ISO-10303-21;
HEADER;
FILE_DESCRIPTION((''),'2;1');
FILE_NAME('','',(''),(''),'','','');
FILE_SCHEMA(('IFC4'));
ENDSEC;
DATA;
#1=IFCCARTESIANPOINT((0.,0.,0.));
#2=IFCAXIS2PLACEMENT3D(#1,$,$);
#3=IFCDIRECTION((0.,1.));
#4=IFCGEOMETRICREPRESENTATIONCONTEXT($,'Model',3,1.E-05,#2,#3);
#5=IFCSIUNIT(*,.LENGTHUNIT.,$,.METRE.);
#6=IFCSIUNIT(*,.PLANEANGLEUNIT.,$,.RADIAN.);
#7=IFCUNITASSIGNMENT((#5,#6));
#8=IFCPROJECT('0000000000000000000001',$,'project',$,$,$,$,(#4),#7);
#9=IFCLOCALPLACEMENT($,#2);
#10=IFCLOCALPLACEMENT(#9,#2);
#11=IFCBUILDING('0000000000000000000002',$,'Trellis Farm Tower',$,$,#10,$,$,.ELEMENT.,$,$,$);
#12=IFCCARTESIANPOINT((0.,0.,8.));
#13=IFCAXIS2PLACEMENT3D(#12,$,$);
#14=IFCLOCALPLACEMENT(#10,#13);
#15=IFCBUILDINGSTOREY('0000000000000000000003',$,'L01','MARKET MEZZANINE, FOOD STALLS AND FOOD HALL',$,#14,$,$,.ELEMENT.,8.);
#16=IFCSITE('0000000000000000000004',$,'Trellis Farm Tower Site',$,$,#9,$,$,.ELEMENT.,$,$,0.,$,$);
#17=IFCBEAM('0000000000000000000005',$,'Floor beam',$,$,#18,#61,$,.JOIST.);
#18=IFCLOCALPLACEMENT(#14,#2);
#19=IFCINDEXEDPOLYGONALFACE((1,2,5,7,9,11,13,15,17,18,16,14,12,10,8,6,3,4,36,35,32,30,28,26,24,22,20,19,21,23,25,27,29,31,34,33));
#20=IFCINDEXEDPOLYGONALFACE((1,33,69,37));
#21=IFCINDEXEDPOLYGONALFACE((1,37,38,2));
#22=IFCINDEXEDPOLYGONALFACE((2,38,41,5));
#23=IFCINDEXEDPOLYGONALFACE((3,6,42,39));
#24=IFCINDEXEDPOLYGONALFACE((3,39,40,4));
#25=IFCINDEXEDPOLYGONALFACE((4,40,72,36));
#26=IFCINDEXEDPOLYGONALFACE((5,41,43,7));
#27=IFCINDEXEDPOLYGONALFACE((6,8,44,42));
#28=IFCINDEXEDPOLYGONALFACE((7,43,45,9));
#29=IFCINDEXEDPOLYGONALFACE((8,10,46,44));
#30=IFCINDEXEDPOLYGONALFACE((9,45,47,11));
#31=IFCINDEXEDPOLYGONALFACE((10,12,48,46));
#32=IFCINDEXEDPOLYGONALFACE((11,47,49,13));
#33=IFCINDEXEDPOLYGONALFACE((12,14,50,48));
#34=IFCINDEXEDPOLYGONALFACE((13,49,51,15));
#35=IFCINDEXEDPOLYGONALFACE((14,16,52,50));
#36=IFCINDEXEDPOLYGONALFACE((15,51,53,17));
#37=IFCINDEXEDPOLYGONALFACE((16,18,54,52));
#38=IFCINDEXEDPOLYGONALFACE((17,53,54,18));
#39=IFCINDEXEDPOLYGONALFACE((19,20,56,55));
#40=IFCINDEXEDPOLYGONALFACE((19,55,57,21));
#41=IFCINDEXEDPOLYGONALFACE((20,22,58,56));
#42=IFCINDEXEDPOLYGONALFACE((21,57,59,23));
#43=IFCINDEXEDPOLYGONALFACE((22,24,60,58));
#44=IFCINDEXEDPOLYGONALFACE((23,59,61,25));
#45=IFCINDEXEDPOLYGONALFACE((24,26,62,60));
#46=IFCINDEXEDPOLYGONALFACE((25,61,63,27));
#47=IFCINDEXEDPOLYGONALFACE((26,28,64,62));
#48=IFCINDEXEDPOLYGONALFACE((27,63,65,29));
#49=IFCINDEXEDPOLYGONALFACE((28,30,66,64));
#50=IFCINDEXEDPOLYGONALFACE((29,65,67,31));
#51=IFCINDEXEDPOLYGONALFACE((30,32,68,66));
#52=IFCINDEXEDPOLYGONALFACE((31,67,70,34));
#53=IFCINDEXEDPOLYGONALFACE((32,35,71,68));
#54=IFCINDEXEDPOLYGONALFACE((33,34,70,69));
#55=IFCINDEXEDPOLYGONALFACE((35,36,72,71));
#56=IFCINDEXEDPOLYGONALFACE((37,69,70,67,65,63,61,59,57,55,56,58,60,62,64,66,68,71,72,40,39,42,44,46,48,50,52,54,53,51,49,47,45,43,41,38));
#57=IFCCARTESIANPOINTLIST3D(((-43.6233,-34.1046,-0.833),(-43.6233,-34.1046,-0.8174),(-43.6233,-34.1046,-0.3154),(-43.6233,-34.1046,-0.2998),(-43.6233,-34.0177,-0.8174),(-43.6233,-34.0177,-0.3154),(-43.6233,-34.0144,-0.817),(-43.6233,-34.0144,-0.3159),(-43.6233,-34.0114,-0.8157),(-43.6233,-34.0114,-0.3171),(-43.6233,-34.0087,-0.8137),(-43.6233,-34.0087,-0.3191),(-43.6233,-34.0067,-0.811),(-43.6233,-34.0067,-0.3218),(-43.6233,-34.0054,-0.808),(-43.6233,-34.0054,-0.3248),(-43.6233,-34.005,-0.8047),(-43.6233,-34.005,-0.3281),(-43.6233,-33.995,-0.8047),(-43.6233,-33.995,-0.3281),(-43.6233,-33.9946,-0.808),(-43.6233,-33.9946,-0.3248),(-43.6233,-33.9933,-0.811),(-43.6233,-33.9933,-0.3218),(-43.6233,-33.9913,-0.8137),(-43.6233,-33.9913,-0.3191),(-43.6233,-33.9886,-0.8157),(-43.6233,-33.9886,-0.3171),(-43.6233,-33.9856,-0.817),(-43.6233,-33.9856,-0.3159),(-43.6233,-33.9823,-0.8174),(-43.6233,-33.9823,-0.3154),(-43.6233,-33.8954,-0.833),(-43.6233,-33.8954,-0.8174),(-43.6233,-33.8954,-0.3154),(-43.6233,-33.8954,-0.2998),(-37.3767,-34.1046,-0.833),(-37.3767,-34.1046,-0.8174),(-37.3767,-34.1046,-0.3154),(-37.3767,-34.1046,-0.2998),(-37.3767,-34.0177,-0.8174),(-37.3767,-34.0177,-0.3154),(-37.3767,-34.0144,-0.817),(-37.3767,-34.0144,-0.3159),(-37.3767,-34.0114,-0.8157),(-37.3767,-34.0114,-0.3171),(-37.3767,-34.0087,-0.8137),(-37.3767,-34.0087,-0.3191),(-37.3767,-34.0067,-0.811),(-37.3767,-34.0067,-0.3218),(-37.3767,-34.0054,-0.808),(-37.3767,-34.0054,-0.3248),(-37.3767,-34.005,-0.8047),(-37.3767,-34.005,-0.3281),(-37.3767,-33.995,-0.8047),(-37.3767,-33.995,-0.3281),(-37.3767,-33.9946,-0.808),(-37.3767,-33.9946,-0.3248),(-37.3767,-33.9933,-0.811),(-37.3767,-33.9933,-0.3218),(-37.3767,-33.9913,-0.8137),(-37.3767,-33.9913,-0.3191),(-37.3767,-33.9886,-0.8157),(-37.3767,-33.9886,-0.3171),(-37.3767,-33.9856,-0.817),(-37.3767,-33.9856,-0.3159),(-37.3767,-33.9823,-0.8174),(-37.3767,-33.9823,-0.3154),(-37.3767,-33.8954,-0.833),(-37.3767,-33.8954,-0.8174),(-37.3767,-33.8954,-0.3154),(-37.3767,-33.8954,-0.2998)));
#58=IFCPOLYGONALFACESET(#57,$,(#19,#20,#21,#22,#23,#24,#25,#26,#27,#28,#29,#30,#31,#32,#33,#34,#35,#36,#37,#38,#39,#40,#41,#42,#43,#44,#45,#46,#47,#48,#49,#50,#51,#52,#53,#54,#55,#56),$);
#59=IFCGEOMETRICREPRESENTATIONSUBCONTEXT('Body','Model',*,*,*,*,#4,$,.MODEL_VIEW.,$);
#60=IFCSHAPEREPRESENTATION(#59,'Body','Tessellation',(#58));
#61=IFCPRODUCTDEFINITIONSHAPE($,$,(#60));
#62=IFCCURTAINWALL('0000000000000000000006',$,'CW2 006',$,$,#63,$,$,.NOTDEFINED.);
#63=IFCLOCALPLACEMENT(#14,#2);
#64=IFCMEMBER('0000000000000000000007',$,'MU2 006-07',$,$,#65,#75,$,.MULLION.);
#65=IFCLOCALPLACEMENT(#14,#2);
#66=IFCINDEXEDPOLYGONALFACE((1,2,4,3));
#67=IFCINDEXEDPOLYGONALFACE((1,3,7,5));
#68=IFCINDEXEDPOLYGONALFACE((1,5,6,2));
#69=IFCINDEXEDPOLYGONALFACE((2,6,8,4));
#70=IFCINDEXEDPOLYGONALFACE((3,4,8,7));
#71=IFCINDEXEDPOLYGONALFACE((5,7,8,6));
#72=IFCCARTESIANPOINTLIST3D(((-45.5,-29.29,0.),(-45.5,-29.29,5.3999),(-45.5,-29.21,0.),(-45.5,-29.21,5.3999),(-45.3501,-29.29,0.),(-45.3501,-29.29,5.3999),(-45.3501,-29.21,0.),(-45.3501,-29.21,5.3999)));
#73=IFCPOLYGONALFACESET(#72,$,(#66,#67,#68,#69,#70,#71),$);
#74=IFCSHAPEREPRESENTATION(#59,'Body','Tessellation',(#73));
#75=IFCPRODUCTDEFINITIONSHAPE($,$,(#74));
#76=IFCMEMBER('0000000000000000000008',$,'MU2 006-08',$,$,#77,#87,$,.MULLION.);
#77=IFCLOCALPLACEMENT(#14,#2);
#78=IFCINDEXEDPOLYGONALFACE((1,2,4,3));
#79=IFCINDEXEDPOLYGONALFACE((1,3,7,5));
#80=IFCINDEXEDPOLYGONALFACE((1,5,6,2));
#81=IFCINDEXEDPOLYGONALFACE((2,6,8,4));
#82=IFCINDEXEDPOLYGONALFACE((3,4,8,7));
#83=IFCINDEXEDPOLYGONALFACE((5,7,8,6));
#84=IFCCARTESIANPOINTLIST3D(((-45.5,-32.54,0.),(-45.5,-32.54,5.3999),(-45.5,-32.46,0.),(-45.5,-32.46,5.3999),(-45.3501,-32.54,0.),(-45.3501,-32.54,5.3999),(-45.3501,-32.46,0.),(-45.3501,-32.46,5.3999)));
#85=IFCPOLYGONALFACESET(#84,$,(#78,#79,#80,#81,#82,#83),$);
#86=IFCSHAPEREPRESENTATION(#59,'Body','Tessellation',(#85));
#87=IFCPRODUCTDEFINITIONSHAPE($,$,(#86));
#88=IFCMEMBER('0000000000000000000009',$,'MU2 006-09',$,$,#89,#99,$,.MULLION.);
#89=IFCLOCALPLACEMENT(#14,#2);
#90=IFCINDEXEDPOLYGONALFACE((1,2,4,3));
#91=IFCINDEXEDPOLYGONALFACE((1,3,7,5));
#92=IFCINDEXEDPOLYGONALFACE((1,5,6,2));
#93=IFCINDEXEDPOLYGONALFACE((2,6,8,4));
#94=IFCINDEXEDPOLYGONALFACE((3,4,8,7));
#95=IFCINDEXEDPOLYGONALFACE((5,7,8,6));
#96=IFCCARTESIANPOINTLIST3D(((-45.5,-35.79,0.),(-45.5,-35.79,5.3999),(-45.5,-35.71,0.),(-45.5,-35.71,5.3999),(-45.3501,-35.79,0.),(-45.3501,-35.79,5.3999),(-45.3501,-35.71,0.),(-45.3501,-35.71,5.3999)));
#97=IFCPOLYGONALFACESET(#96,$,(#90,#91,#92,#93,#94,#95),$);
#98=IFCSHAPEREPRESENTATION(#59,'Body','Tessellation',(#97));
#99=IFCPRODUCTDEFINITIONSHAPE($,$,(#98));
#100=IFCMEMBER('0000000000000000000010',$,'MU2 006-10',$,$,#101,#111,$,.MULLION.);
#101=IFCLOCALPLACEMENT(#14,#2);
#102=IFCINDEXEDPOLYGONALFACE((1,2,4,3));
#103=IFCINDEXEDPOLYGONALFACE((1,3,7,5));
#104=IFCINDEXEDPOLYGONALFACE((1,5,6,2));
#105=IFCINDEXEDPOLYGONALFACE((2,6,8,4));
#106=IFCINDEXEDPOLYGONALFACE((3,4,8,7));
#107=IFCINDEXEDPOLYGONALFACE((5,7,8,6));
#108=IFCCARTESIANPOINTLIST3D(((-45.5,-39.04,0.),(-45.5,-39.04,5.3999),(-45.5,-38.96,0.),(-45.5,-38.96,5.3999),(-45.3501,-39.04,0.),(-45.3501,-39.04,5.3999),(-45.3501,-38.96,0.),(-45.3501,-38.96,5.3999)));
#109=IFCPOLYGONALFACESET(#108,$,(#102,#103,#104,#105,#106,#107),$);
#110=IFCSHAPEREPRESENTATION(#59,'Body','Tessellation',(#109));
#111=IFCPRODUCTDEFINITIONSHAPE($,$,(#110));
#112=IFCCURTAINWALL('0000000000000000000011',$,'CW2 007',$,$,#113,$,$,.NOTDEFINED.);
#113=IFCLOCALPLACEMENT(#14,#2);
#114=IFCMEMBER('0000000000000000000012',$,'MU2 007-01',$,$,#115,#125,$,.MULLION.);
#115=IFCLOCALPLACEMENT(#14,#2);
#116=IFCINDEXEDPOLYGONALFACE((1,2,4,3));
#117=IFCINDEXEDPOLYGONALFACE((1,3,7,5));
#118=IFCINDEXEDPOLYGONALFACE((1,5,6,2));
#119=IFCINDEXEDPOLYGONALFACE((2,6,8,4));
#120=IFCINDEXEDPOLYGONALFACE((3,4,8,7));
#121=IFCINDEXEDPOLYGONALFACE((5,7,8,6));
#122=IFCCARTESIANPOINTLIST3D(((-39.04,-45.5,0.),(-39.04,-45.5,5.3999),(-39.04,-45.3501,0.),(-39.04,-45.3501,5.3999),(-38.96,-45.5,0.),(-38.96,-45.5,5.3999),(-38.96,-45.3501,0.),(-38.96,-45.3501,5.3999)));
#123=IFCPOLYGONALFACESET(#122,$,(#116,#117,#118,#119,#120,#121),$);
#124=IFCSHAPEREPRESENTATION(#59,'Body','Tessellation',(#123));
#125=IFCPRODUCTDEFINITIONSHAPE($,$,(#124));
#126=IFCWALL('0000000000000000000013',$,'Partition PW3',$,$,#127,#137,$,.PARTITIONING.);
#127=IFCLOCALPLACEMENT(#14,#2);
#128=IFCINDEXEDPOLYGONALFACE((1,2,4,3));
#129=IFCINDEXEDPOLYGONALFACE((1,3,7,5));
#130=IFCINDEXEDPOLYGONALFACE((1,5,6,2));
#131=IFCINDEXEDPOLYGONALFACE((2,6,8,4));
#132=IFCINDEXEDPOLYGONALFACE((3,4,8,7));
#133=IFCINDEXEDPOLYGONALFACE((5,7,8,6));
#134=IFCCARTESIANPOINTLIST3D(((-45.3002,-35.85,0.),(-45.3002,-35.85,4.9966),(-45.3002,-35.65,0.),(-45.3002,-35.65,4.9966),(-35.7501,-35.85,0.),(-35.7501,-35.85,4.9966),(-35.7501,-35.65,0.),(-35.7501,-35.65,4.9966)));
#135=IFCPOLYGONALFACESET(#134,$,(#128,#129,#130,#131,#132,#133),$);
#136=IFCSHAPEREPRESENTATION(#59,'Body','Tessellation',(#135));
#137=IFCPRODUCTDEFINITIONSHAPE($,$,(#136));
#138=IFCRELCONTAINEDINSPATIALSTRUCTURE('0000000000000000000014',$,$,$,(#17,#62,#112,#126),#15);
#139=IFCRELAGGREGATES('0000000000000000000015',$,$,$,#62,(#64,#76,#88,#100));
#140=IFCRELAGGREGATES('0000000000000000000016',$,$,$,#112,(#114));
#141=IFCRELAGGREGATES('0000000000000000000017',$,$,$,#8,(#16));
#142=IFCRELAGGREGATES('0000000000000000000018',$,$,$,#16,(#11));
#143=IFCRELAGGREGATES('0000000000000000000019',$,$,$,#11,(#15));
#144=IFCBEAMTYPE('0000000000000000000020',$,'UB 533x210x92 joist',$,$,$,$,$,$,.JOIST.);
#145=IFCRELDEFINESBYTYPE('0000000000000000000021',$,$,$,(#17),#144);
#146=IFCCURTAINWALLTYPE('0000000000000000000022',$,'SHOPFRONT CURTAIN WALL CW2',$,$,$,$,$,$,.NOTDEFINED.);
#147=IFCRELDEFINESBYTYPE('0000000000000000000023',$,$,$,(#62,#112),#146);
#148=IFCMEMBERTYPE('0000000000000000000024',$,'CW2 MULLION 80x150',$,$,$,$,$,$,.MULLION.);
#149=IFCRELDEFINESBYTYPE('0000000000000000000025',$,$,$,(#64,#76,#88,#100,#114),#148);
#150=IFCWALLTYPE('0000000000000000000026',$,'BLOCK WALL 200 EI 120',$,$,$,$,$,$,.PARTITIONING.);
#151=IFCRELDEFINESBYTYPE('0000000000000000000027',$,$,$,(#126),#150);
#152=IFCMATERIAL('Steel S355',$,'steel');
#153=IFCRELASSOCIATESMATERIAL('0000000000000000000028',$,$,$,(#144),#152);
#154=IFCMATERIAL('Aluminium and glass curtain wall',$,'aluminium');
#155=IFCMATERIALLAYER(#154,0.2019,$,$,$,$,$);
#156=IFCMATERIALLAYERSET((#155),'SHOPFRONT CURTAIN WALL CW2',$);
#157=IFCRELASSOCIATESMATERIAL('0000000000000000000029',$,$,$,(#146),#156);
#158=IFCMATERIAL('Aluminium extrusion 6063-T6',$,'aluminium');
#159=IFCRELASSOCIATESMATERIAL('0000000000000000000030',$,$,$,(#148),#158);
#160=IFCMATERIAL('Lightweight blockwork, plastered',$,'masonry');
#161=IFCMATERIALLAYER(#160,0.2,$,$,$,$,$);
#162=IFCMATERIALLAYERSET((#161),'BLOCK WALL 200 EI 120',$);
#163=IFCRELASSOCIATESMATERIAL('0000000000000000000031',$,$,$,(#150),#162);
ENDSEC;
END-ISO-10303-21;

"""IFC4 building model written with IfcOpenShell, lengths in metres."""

from ifc_helpers import new_model, si_unit, direction, frame, frame_2d, origin, origin_2d, place, context, subcontext, project, spatial, rectangle, i_section, extrude, source, transform, mapped, material, layer, layer_set, material_profile, profile_set, type_object, element, aggregate, save


model = new_model("IFC4")

# Units and contexts
model_context = context("Model", 3, precision=1e-05, world=origin(), true_north=direction((0.0, 1.0)))
body_context = subcontext(model_context, "Body", "Model", "MODEL_VIEW")
ifc_project = project(units=[si_unit("LENGTHUNIT", "METRE"), si_unit("PLANEANGLEUNIT", "RADIAN")], contexts=[model_context])

# Site, building, storey
site_placement = place(None, origin())
site = spatial("IfcSite", under=ifc_project, at=site_placement, Name="Trellis Farm Tower Site", CompositionType="ELEMENT", RefElevation=0.0)
building_placement = place(site_placement, origin())
building = spatial("IfcBuilding", under=site, at=building_placement, Name="Trellis Farm Tower", CompositionType="ELEMENT")
storey_placement = place(building_placement, frame((0.0, 0.0, 8.0)))
storey = spatial("IfcBuildingStorey", under=building, at=storey_placement, Name="L01", Description="MARKET MEZZANINE, FOOD STALLS AND FOOD HALL", CompositionType="ELEMENT", Elevation=8.0)

# Beam
ifc_material_1 = material(Name="Steel S355", Category="steel")
ifc_material_profile_1 = material_profile(ifc_material_1, i_section(OverallWidth=0.2092, OverallDepth=0.5332, WebThickness=0.01, FlangeThickness=0.0156, FilletRadius=0.0127, at=origin_2d()), Name="UB 533x210x92")
ifc_profile_set_1 = profile_set([ifc_material_profile_1], Name="Steel S355")
beam_type_1 = type_object("IfcBeamType", Name="UB 533x210x92 joist", PredefinedType="JOIST", material=ifc_profile_set_1)
shared_shape_1 = source(origin(), body_context, "Body", "SweptSolid", [
    extrude(i_section(OverallWidth=0.2092, OverallDepth=0.5332, WebThickness=0.01, FlangeThickness=0.0156, FilletRadius=0.0127, at=origin_2d()), origin(), (0.0, 0.0, 1.0), 6.2466),
])
for number, where, z_axis, x_axis, name in (
    (1, (-43.6233, -34.0, -0.5664), (1.0, 0.0, 0.0), (0.0, 1.0, 0.0), "Floor beam"),
):
    element("IfcBeam", number, at=place(storey_placement, frame(where, z_axis=z_axis, x_axis=x_axis)), inside=storey, type_object=beam_type_1, Name=name, PredefinedType="JOIST", context=body_context, shape_type="MappedRepresentation", body=[
        mapped(shared_shape_1, transform((0.0, 0.0, 0.0))),
    ])

# Curtain wall, members
ifc_material_2 = material(Name="Aluminium and glass curtain wall", Category="aluminium")
ifc_layer_1 = layer(ifc_material_2, 0.2019)
ifc_layer_set_1 = layer_set([ifc_layer_1], Name="SHOPFRONT CURTAIN WALL CW2")
curtain_wall_type = type_object("IfcCurtainWallType", Name="SHOPFRONT CURTAIN WALL CW2", PredefinedType="NOTDEFINED", material=ifc_layer_set_1)
placement = place(storey_placement, origin())
curtain_wall_1 = element("IfcCurtainWall", 2, at=placement, inside=storey, type_object=curtain_wall_type, Name="CW2 006", PredefinedType="NOTDEFINED")
ifc_material_3 = material(Name="Aluminium extrusion 6063-T6", Category="aluminium")
ifc_material_profile_2 = material_profile(ifc_material_3, rectangle(XDim=0.0801, YDim=0.1499, at=origin_2d()), Name="MULLION 80x150")
ifc_profile_set_2 = profile_set([ifc_material_profile_2], Name="Aluminium extrusion 6063-T6")
member_type = type_object("IfcMemberType", Name="CW2 MULLION 80x150", PredefinedType="MULLION", material=ifc_profile_set_2)
shared_shape_2 = source(origin(), body_context, "Body", "SweptSolid", [
    extrude(rectangle(XDim=0.0801, YDim=0.1499, at=origin_2d()), origin(), (0.0, 0.0, 1.0), 5.3999),
])
member_1_placement = place(storey_placement, frame((-45.425, -29.25, 0.0), z_axis=(0.0, 0.0, 1.0), x_axis=(0.0, -1.0, 0.0)))
member_1 = element("IfcMember", 3, at=member_1_placement, type_object=member_type, Name="MU2 006-07", PredefinedType="MULLION", context=body_context, shape_type="MappedRepresentation", body=[
    mapped(shared_shape_2, transform((0.0, 0.0, 0.0))),
])
member_2_placement = place(storey_placement, frame((-45.425, -32.5, 0.0), z_axis=(0.0, 0.0, 1.0), x_axis=(0.0, -1.0, 0.0)))
member_2 = element("IfcMember", 4, at=member_2_placement, type_object=member_type, Name="MU2 006-08", PredefinedType="MULLION", context=body_context, shape_type="MappedRepresentation", body=[
    mapped(shared_shape_2, transform((0.0, 0.0, 0.0))),
])
member_3_placement = place(storey_placement, frame((-45.425, -35.75, 0.0), z_axis=(0.0, 0.0, 1.0), x_axis=(0.0, -1.0, 0.0)))
member_3 = element("IfcMember", 5, at=member_3_placement, type_object=member_type, Name="MU2 006-09", PredefinedType="MULLION", context=body_context, shape_type="MappedRepresentation", body=[
    mapped(shared_shape_2, transform((0.0, 0.0, 0.0))),
])
member_4_placement = place(storey_placement, frame((-45.425, -39.0, 0.0), z_axis=(0.0, 0.0, 1.0), x_axis=(0.0, -1.0, 0.0)))
member_4 = element("IfcMember", 6, at=member_4_placement, type_object=member_type, Name="MU2 006-10", PredefinedType="MULLION", context=body_context, shape_type="MappedRepresentation", body=[
    mapped(shared_shape_2, transform((0.0, 0.0, 0.0))),
])
aggregate(curtain_wall_1, [member_1, member_2, member_3, member_4])

# Curtain wall, member
curtain_wall_2 = element("IfcCurtainWall", 7, at=placement, inside=storey, type_object=curtain_wall_type, Name="CW2 007", PredefinedType="NOTDEFINED")
member_5_placement = place(storey_placement, frame((-39.0, -45.425, 0.0), z_axis=(0.0, 0.0, 1.0), x_axis=(1.0, 0.0, 0.0)))
member_5 = element("IfcMember", 8, at=member_5_placement, type_object=member_type, Name="MU2 007-01", PredefinedType="MULLION", context=body_context, shape_type="MappedRepresentation", body=[
    mapped(shared_shape_2, transform((0.0, 0.0, 0.0))),
])
aggregate(curtain_wall_2, [member_5])

# Wall
ifc_material_4 = material(Name="Lightweight blockwork, plastered", Category="masonry")
ifc_layer_2 = layer(ifc_material_4, 0.2)
ifc_layer_set_2 = layer_set([ifc_layer_2], Name="BLOCK WALL 200 EI 120")
wall_type = type_object("IfcWallType", Name="BLOCK WALL 200 EI 120", PredefinedType="PARTITIONING", material=ifc_layer_set_2)
shared_shape_3 = source(origin(), body_context, "Body", "SweptSolid", [
    extrude(rectangle(XDim=9.55, YDim=0.2, at=frame_2d((4.7749, 0.0))), origin(), (0.0, 0.0, 1.0), 4.9966),
])
wall_placement = place(storey_placement, frame((-45.3, -35.75, 0.0), z_axis=(0.0, 0.0, 1.0), x_axis=(1.0, 0.0, 0.0)))
element("IfcWall", 9, at=wall_placement, inside=storey, type_object=wall_type, Name="Partition PW3", PredefinedType="PARTITIONING", context=body_context, shape_type="MappedRepresentation", body=[
    mapped(shared_shape_3, transform((0.0, 0.0, 0.0))),
])

save(model, "model.ifc")
